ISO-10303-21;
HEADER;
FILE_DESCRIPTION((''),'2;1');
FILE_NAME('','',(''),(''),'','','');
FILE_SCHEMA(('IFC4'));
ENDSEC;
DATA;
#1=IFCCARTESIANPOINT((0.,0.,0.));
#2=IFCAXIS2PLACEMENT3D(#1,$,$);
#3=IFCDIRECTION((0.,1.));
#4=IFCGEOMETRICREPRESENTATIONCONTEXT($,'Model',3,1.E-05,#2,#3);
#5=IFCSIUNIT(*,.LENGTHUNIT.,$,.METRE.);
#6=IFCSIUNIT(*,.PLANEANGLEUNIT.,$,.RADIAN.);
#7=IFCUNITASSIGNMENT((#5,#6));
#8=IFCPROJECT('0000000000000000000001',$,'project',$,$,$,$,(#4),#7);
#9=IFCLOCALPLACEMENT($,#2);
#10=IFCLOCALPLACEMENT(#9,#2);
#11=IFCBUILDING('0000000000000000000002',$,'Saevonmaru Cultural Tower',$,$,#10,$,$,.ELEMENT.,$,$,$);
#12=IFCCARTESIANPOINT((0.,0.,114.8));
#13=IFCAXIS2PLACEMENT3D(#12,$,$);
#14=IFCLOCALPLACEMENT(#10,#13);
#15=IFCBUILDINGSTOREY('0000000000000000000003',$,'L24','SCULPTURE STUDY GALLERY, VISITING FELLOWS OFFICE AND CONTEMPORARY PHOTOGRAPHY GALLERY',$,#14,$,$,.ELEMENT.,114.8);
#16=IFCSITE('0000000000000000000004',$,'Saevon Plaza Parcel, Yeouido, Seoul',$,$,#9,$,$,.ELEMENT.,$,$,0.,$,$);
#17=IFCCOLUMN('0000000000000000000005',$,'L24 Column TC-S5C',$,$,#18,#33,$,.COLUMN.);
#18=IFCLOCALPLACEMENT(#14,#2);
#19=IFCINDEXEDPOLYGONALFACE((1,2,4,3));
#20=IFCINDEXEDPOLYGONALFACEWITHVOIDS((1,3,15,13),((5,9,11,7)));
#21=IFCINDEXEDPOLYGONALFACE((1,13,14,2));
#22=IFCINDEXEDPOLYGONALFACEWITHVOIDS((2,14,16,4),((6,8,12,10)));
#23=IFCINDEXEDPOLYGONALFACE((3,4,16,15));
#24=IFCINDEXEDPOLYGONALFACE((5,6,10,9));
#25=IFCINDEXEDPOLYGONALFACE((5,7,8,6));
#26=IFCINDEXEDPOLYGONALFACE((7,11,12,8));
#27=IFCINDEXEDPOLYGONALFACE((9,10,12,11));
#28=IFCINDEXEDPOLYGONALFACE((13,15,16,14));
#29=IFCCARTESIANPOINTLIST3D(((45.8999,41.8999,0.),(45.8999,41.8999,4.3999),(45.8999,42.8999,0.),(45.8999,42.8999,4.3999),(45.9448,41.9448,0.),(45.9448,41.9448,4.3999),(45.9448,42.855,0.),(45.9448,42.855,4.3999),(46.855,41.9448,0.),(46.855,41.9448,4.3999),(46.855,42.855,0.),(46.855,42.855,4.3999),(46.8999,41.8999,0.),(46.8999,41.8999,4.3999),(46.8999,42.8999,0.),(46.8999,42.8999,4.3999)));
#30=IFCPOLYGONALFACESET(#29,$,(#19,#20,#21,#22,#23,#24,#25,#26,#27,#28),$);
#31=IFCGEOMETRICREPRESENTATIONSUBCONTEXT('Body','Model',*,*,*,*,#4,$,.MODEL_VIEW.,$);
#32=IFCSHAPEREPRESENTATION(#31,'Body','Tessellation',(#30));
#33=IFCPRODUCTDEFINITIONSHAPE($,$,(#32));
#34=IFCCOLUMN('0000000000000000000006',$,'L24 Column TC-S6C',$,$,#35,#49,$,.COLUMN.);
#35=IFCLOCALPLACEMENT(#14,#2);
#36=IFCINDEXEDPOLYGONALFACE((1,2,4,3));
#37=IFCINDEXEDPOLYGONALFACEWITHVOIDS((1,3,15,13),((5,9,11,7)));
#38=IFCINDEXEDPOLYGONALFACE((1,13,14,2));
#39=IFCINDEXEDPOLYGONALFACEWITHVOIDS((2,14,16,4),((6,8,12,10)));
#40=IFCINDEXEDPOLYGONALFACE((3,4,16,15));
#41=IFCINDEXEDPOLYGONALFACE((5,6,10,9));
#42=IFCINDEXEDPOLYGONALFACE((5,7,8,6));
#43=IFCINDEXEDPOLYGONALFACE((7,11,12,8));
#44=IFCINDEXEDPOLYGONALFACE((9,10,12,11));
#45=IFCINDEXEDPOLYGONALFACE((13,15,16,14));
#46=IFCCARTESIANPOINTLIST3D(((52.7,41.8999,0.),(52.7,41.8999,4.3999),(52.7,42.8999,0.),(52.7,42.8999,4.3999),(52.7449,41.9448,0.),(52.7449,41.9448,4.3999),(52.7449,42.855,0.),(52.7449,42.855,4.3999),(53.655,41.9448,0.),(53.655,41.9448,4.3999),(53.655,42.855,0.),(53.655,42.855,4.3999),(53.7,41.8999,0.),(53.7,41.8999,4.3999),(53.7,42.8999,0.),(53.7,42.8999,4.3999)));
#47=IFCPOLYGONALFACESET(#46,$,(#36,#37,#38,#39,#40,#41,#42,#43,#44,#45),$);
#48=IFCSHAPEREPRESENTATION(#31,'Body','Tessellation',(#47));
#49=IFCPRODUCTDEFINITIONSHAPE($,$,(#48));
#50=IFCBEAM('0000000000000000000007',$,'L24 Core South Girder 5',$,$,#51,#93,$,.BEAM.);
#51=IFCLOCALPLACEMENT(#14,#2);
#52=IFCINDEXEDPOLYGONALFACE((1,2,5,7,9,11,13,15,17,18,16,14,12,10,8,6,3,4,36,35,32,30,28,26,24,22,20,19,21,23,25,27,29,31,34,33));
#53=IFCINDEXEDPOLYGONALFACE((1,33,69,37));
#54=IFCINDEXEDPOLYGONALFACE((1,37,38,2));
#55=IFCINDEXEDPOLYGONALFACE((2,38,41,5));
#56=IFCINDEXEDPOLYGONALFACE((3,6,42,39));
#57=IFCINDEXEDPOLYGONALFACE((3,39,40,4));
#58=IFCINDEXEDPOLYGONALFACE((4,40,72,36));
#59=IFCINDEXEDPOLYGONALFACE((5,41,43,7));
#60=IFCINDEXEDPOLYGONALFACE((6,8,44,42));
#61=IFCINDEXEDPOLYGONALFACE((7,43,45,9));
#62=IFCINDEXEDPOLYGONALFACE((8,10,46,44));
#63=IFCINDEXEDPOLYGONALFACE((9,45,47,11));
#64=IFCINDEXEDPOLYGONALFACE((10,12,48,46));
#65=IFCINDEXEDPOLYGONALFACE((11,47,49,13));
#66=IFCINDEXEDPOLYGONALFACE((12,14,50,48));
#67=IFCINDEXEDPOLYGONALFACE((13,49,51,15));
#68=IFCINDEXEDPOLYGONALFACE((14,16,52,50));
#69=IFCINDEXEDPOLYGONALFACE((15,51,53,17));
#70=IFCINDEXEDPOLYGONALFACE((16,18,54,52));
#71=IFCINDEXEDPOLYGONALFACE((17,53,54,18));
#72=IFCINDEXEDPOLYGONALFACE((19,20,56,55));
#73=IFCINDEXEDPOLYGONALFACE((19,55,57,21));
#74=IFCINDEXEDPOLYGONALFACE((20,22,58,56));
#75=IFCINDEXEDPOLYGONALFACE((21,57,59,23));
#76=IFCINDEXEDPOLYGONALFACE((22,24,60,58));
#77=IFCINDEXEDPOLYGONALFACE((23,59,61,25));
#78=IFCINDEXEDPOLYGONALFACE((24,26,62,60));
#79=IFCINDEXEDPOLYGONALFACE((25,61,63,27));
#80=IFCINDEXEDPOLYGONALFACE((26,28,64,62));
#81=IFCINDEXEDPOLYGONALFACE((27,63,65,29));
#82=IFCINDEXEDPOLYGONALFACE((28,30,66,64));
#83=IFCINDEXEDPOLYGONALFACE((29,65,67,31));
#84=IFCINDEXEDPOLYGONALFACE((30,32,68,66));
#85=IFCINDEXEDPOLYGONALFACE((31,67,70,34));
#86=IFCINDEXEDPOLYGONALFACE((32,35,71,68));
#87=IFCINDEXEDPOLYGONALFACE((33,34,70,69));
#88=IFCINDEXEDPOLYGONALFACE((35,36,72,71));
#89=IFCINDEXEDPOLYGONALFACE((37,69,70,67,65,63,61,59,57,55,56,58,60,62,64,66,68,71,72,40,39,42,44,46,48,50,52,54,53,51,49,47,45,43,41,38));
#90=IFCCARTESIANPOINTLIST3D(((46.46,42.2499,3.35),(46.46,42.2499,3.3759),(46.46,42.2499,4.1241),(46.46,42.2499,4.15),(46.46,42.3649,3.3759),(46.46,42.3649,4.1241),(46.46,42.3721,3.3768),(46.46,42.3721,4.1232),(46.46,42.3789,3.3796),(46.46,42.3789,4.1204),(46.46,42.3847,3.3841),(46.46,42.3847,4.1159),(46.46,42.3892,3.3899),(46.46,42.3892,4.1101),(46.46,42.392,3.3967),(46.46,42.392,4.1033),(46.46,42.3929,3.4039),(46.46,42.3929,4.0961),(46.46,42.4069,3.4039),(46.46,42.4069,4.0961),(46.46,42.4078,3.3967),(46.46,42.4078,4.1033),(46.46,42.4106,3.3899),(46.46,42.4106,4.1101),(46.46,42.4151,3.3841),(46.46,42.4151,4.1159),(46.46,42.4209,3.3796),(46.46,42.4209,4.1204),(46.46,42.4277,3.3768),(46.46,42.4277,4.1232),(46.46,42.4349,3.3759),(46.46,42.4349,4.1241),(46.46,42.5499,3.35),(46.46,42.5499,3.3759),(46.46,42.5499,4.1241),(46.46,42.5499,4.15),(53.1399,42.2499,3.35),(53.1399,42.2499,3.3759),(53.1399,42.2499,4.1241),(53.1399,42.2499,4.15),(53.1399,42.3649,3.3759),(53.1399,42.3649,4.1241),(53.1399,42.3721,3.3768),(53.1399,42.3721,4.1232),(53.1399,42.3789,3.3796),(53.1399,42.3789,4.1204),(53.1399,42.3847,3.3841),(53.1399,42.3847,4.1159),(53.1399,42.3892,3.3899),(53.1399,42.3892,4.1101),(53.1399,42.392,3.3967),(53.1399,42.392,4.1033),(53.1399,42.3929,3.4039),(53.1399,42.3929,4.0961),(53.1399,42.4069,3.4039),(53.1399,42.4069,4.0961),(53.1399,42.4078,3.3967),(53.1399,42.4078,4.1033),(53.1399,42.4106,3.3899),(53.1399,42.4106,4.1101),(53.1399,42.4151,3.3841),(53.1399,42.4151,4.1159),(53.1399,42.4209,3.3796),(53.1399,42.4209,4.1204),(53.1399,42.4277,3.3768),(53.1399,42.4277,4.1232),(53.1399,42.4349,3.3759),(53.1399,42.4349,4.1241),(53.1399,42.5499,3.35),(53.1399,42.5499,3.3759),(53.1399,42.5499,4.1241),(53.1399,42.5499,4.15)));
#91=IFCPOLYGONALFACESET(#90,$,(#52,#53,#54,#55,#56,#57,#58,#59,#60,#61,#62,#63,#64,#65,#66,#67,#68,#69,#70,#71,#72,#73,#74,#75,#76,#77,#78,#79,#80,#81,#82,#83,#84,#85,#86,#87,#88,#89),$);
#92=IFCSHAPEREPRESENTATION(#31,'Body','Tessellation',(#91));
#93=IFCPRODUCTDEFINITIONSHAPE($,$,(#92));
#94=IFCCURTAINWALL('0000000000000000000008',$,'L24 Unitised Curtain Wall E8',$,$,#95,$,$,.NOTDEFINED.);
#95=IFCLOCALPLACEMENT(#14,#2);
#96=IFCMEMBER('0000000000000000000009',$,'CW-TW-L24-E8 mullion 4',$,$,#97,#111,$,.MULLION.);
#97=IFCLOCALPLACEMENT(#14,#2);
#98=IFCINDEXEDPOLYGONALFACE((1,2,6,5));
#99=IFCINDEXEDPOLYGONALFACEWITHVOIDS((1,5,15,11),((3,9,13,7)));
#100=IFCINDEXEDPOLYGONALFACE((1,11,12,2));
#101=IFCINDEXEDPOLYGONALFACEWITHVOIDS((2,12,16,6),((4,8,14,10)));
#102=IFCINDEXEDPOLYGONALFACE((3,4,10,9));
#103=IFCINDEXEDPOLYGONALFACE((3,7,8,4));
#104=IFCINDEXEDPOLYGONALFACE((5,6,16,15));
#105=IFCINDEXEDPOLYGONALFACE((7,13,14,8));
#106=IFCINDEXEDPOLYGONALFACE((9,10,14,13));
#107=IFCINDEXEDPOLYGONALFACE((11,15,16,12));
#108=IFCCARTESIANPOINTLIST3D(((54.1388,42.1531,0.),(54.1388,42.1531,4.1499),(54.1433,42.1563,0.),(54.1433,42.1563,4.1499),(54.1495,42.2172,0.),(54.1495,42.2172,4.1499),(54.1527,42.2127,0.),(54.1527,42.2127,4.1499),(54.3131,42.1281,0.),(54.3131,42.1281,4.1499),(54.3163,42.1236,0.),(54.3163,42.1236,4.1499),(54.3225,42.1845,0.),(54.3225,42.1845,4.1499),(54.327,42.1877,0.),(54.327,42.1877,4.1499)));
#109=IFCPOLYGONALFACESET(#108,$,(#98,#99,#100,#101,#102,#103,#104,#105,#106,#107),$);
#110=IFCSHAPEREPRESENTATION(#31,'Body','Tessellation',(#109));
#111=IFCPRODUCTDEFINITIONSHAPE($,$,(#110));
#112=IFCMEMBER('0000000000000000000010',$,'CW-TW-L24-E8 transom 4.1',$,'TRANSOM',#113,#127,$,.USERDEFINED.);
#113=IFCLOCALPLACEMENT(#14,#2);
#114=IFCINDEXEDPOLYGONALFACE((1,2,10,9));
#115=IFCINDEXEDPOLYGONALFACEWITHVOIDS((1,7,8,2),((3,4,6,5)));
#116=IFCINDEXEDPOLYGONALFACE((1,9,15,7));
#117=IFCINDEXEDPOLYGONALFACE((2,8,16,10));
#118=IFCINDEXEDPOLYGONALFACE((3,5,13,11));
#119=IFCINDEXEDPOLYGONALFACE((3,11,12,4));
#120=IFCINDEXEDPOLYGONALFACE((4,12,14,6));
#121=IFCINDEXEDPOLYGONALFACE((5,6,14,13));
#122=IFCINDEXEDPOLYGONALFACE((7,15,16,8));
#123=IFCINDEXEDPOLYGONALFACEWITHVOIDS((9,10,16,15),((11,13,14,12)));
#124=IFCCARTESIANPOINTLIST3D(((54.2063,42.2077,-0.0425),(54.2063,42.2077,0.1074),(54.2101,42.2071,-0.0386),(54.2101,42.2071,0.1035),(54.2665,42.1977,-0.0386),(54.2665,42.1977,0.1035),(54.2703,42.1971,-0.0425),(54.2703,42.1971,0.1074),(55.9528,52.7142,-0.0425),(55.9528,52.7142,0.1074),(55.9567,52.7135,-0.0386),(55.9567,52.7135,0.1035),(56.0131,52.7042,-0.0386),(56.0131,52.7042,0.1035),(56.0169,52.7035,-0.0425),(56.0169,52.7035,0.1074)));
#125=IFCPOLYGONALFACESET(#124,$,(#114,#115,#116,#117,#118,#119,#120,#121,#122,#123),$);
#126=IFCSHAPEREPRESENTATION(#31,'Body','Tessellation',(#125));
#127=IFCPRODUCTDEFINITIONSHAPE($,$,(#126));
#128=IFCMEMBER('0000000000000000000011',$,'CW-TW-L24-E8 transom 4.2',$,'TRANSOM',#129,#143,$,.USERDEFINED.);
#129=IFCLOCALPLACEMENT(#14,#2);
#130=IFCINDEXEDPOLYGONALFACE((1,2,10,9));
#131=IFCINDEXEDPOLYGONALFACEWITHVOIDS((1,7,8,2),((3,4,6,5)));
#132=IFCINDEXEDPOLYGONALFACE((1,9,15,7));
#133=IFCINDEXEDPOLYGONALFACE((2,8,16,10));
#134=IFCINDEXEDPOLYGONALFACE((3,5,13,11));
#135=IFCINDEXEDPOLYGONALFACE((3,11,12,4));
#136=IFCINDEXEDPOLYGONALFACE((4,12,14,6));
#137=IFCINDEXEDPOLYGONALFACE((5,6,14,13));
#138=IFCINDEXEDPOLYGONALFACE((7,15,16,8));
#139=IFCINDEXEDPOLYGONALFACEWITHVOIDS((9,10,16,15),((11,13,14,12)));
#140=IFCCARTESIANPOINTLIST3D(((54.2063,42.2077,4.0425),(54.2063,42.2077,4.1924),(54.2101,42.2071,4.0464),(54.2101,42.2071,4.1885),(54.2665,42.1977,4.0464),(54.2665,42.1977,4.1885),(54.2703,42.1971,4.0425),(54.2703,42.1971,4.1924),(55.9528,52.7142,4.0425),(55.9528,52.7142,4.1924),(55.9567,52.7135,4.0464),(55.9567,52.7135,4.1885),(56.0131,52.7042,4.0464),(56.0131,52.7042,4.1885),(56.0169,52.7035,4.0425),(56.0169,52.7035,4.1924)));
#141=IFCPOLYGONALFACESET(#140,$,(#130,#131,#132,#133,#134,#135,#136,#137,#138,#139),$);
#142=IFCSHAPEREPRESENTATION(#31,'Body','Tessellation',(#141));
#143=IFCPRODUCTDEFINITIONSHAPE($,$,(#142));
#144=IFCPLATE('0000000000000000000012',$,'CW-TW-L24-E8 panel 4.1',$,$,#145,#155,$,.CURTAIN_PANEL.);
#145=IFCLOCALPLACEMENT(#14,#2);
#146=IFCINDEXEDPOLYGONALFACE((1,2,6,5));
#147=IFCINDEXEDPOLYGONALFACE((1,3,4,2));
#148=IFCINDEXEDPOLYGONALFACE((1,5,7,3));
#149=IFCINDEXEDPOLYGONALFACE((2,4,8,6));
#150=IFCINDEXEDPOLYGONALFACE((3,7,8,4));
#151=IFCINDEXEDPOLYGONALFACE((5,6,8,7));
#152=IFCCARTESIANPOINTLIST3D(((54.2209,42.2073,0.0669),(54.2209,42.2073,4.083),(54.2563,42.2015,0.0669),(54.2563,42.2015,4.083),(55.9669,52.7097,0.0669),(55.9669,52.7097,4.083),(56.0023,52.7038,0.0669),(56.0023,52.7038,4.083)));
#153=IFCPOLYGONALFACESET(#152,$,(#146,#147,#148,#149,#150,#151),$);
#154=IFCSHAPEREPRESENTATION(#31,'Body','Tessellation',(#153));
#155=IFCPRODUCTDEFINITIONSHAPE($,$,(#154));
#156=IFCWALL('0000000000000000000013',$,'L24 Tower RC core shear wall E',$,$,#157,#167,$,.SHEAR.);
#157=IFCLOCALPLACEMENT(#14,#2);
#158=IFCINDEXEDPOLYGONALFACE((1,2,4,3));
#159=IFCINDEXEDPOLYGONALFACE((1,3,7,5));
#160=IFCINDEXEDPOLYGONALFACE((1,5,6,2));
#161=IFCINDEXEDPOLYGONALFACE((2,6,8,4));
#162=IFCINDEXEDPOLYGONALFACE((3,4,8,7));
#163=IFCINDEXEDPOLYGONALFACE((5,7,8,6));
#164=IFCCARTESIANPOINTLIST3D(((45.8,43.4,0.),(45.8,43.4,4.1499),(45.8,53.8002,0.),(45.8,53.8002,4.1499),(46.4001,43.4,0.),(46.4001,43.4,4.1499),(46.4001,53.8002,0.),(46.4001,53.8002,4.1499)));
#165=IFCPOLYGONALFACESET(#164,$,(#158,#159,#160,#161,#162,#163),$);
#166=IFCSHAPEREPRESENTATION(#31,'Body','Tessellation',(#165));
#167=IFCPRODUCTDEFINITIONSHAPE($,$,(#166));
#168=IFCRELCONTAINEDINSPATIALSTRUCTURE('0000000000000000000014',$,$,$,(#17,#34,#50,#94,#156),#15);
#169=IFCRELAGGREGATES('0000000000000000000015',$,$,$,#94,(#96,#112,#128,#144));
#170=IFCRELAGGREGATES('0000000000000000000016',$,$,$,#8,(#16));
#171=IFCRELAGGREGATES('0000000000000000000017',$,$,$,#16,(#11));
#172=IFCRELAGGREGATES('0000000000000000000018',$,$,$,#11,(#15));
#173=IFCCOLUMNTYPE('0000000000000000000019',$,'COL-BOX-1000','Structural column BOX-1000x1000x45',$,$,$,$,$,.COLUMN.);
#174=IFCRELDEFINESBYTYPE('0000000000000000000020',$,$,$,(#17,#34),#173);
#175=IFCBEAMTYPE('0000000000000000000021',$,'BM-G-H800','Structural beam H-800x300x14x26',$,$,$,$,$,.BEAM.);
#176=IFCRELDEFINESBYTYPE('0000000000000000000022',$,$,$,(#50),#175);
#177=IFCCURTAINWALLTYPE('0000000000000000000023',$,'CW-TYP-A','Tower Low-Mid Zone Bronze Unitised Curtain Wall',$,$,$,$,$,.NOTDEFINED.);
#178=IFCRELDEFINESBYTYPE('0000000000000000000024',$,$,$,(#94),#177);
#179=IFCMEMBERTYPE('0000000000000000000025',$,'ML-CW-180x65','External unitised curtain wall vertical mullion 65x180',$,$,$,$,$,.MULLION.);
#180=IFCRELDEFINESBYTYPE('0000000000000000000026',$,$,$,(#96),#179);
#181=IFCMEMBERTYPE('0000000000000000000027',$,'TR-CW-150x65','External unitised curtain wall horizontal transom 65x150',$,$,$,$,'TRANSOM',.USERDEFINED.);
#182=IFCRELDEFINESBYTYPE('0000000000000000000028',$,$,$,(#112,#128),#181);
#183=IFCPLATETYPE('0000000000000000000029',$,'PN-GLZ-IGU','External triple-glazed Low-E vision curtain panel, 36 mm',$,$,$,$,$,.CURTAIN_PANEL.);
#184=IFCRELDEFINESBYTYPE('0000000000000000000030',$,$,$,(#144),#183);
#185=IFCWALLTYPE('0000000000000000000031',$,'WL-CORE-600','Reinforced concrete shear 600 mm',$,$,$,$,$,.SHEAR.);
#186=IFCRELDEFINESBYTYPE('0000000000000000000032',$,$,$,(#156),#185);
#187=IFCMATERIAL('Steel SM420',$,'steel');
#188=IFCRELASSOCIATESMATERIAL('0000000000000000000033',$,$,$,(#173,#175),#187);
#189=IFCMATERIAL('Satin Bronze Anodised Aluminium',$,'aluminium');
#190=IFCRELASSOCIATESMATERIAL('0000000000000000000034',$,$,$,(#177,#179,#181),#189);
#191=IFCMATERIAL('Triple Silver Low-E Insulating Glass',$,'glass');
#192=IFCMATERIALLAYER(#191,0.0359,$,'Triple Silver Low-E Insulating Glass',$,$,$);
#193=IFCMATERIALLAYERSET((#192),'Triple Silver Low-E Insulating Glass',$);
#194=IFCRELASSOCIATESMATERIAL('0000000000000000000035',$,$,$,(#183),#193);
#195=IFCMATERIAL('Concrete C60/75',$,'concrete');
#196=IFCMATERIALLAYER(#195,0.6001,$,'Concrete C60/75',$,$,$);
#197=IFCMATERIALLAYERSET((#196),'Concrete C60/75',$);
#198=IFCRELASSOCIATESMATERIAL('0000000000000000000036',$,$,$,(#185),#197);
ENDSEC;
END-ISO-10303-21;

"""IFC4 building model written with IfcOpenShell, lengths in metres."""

from ifc_helpers import new_model, si_unit, direction, frame, frame_2d, origin, origin_2d, place, context, subcontext, project, spatial, rectangle, hollow_rectangle, i_section, extrude, material, layer, layer_set, material_profile, profile_set, type_object, element, aggregate, save


model = new_model("IFC4")

# Units and contexts
model_context = context("Model", 3, precision=1e-05, world=origin(), true_north=direction((0.0, 1.0)))
body_context = subcontext(model_context, "Body", "Model", "MODEL_VIEW")
ifc_project = project(units=[si_unit("LENGTHUNIT", "METRE"), si_unit("PLANEANGLEUNIT", "RADIAN")], contexts=[model_context])

# Site, building, storey
site_placement = place(None, origin())
site = spatial("IfcSite", under=ifc_project, at=site_placement, Name="Saevon Plaza Parcel, Yeouido, Seoul", CompositionType="ELEMENT", RefElevation=0.0)
building_placement = place(site_placement, origin())
building = spatial("IfcBuilding", under=site, at=building_placement, Name="Saevonmaru Cultural Tower", CompositionType="ELEMENT")
storey_placement = place(building_placement, frame((0.0, 0.0, 114.8)))
storey = spatial("IfcBuildingStorey", under=building, at=storey_placement, Name="L24", Description="SCULPTURE STUDY GALLERY, VISITING FELLOWS OFFICE AND CONTEMPORARY PHOTOGRAPHY GALLERY", CompositionType="ELEMENT", Elevation=114.8)

# Columns
ifc_material_1 = material(Name="Steel SM420", Category="steel")
ifc_material_profile_1 = material_profile(ifc_material_1, hollow_rectangle(XDim=1.0, YDim=1.0, WallThickness=0.0449, at=origin_2d()), Name="BOX-1000x1000x45")
ifc_profile_set_1 = profile_set([ifc_material_profile_1], Name="Steel SM420")
column_type = type_object("IfcColumnType", Name="COL-BOX-1000", Description="Structural column BOX-1000x1000x45", PredefinedType="COLUMN", material=ifc_profile_set_1)
for number, where, z_axis, x_axis, name in (
    (1, (46.3999, 42.3999, 0.0), (0.0, 0.0, 1.0), (1.0, 0.0, 0.0), "L24 Column TC-S5C"),
    (2, (53.2, 42.3999, 0.0), (0.0, 0.0, 1.0), (1.0, 0.0, 0.0), "L24 Column TC-S6C"),
):
    element("IfcColumn", number, at=place(storey_placement, frame(where, z_axis=z_axis, x_axis=x_axis)), inside=storey, type_object=column_type, Name=name, PredefinedType="COLUMN", context=body_context, shape_type="SweptSolid", body=[
        extrude(hollow_rectangle(XDim=1.0, YDim=1.0, WallThickness=0.0449, at=origin_2d()), origin(), (0.0, 0.0, 1.0), 4.3999),
    ])

# Beam
ifc_material_profile_2 = material_profile(ifc_material_1, i_section(OverallWidth=0.3, OverallDepth=0.8, WebThickness=0.0139, FlangeThickness=0.0259, FilletRadius=0.0281, at=origin_2d()), Name="H-800x300x14x26")
ifc_profile_set_2 = profile_set([ifc_material_profile_2], Name="Steel SM420")
beam_type = type_object("IfcBeamType", Name="BM-G-H800", Description="Structural beam H-800x300x14x26", PredefinedType="BEAM", material=ifc_profile_set_2)
beam_placement = place(storey_placement, frame((46.46, 42.3999, 3.75), z_axis=(1.0, 0.0, 0.0), x_axis=(0.0, 1.0, 0.0)))
element("IfcBeam", 3, at=beam_placement, inside=storey, type_object=beam_type, Name="L24 Core South Girder 5", PredefinedType="BEAM", context=body_context, shape_type="SweptSolid", body=[
    extrude(i_section(OverallWidth=0.3, OverallDepth=0.8, WebThickness=0.0139, FlangeThickness=0.0259, FilletRadius=0.0281, at=origin_2d()), origin(), (0.0, 0.0, 1.0), 6.6799),
])

# Curtain wall, members, plate
ifc_material_2 = material(Name="Satin Bronze Anodised Aluminium", Category="aluminium")
curtain_wall_type = type_object("IfcCurtainWallType", Name="CW-TYP-A", Description="Tower Low-Mid Zone Bronze Unitised Curtain Wall", PredefinedType="NOTDEFINED", material=ifc_material_2)
curtain_wall_placement = place(storey_placement, origin())
curtain_wall = element("IfcCurtainWall", 4, at=curtain_wall_placement, inside=storey, type_object=curtain_wall_type, Name="L24 Unitised Curtain Wall E8", PredefinedType="NOTDEFINED")
ifc_material_profile_3 = material_profile(ifc_material_2, hollow_rectangle(XDim=0.0649, YDim=0.1799, WallThickness=0.0039, at=origin_2d()), Name="ALU-MULL-180x65x4")
ifc_profile_set_3 = profile_set([ifc_material_profile_3], Name="Satin Bronze Anodised Aluminium")
member_type_1 = type_object("IfcMemberType", Name="ML-CW-180x65", Description="External unitised curtain wall vertical mullion 65x180", PredefinedType="MULLION", material=ifc_profile_set_3)
member_1_placement = place(storey_placement, frame((54.2329, 42.1704, 0.0), z_axis=(0.0, 0.0, 1.0), x_axis=(0.163999, 0.986461, 0.0)))
member_1 = element("IfcMember", 5, at=member_1_placement, type_object=member_type_1, Name="CW-TW-L24-E8 mullion 4", PredefinedType="MULLION", context=body_context, shape_type="SweptSolid", body=[
    extrude(hollow_rectangle(XDim=0.0649, YDim=0.1799, WallThickness=0.0039, at=origin_2d()), origin(), (0.0, 0.0, 1.0), 4.1499),
])
ifc_material_profile_4 = material_profile(ifc_material_2, hollow_rectangle(XDim=0.0649, YDim=0.1499, WallThickness=0.0039, at=origin_2d()), Name="ALU-TRAN-150x65x4")
ifc_profile_set_4 = profile_set([ifc_material_profile_4], Name="Satin Bronze Anodised Aluminium")
member_type_2 = type_object("IfcMemberType", Name="TR-CW-150x65", Description="External unitised curtain wall horizontal transom 65x150", ElementType="TRANSOM", PredefinedType="USERDEFINED", material=ifc_profile_set_4)
member_2_placement = place(storey_placement, frame((54.2383, 42.2024, 0.0325), z_axis=(0.16399, 0.986462, 0.0), x_axis=(-0.986462, 0.16399, 0.0)))
member_2 = element("IfcMember", 6, at=member_2_placement, type_object=member_type_2, Name="CW-TW-L24-E8 transom 4.1", ObjectType="TRANSOM", PredefinedType="USERDEFINED", context=body_context, shape_type="SweptSolid", body=[
    extrude(hollow_rectangle(XDim=0.0649, YDim=0.1499, WallThickness=0.0039, at=origin_2d()), origin(), (0.0, 0.0, 1.0), 10.6506),
])
member_3_placement = place(storey_placement, frame((54.2383, 42.2024, 4.1174), z_axis=(0.16399, 0.986462, 0.0), x_axis=(-0.986462, 0.16399, 0.0)))
member_3 = element("IfcMember", 7, at=member_3_placement, type_object=member_type_2, Name="CW-TW-L24-E8 transom 4.2", ObjectType="TRANSOM", PredefinedType="USERDEFINED", context=body_context, shape_type="SweptSolid", body=[
    extrude(hollow_rectangle(XDim=0.0649, YDim=0.1499, WallThickness=0.0039, at=origin_2d()), origin(), (0.0, 0.0, 1.0), 10.6506),
])
ifc_material_3 = material(Name="Triple Silver Low-E Insulating Glass", Category="glass")
ifc_layer_1 = layer(ifc_material_3, 0.0359, Name="Triple Silver Low-E Insulating Glass")
ifc_layer_set_1 = layer_set([ifc_layer_1], Name="Triple Silver Low-E Insulating Glass")
plate_type = type_object("IfcPlateType", Name="PN-GLZ-IGU", Description="External triple-glazed Low-E vision curtain panel, 36 mm", PredefinedType="CURTAIN_PANEL", material=ifc_layer_set_1)
plate_placement = place(storey_placement, frame((55.1116, 47.4556, 0.0669), z_axis=(0.0, 0.0, 1.0), x_axis=(0.163999, 0.986461, 0.0)))
plate = element("IfcPlate", 8, at=plate_placement, type_object=plate_type, Name="CW-TW-L24-E8 panel 4.1", PredefinedType="CURTAIN_PANEL", context=body_context, shape_type="SweptSolid", body=[
    extrude(rectangle(XDim=10.6465, YDim=0.0359, at=origin_2d()), origin(), (0.0, 0.0, 1.0), 4.0161),
])
aggregate(curtain_wall, [member_1, member_2, member_3, plate])

# Wall
ifc_material_4 = material(Name="Concrete C60/75", Category="concrete")
ifc_layer_2 = layer(ifc_material_4, 0.6001, Name="Concrete C60/75")
ifc_layer_set_2 = layer_set([ifc_layer_2], Name="Concrete C60/75")
wall_type_1 = type_object("IfcWallType", Name="WL-CORE-600", Description="Reinforced concrete shear 600 mm", PredefinedType="SHEAR", material=ifc_layer_set_2)
wall_1_placement = place(storey_placement, frame((46.1001, 43.3999, 0.0), z_axis=(0.0, 0.0, 1.0), x_axis=(0.0, 1.0, 0.0)))
element("IfcWall", 9, at=wall_1_placement, inside=storey, type_object=wall_type_1, Name="L24 Tower RC core shear wall E", PredefinedType="SHEAR", context=body_context, shape_type="SweptSolid", body=[
    extrude(rectangle(XDim=10.4001, YDim=0.6001, at=frame_2d((5.2002, 0.0))), origin(), (0.0, 0.0, 1.0), 4.1499),
])

save(model, "model.ifc")
